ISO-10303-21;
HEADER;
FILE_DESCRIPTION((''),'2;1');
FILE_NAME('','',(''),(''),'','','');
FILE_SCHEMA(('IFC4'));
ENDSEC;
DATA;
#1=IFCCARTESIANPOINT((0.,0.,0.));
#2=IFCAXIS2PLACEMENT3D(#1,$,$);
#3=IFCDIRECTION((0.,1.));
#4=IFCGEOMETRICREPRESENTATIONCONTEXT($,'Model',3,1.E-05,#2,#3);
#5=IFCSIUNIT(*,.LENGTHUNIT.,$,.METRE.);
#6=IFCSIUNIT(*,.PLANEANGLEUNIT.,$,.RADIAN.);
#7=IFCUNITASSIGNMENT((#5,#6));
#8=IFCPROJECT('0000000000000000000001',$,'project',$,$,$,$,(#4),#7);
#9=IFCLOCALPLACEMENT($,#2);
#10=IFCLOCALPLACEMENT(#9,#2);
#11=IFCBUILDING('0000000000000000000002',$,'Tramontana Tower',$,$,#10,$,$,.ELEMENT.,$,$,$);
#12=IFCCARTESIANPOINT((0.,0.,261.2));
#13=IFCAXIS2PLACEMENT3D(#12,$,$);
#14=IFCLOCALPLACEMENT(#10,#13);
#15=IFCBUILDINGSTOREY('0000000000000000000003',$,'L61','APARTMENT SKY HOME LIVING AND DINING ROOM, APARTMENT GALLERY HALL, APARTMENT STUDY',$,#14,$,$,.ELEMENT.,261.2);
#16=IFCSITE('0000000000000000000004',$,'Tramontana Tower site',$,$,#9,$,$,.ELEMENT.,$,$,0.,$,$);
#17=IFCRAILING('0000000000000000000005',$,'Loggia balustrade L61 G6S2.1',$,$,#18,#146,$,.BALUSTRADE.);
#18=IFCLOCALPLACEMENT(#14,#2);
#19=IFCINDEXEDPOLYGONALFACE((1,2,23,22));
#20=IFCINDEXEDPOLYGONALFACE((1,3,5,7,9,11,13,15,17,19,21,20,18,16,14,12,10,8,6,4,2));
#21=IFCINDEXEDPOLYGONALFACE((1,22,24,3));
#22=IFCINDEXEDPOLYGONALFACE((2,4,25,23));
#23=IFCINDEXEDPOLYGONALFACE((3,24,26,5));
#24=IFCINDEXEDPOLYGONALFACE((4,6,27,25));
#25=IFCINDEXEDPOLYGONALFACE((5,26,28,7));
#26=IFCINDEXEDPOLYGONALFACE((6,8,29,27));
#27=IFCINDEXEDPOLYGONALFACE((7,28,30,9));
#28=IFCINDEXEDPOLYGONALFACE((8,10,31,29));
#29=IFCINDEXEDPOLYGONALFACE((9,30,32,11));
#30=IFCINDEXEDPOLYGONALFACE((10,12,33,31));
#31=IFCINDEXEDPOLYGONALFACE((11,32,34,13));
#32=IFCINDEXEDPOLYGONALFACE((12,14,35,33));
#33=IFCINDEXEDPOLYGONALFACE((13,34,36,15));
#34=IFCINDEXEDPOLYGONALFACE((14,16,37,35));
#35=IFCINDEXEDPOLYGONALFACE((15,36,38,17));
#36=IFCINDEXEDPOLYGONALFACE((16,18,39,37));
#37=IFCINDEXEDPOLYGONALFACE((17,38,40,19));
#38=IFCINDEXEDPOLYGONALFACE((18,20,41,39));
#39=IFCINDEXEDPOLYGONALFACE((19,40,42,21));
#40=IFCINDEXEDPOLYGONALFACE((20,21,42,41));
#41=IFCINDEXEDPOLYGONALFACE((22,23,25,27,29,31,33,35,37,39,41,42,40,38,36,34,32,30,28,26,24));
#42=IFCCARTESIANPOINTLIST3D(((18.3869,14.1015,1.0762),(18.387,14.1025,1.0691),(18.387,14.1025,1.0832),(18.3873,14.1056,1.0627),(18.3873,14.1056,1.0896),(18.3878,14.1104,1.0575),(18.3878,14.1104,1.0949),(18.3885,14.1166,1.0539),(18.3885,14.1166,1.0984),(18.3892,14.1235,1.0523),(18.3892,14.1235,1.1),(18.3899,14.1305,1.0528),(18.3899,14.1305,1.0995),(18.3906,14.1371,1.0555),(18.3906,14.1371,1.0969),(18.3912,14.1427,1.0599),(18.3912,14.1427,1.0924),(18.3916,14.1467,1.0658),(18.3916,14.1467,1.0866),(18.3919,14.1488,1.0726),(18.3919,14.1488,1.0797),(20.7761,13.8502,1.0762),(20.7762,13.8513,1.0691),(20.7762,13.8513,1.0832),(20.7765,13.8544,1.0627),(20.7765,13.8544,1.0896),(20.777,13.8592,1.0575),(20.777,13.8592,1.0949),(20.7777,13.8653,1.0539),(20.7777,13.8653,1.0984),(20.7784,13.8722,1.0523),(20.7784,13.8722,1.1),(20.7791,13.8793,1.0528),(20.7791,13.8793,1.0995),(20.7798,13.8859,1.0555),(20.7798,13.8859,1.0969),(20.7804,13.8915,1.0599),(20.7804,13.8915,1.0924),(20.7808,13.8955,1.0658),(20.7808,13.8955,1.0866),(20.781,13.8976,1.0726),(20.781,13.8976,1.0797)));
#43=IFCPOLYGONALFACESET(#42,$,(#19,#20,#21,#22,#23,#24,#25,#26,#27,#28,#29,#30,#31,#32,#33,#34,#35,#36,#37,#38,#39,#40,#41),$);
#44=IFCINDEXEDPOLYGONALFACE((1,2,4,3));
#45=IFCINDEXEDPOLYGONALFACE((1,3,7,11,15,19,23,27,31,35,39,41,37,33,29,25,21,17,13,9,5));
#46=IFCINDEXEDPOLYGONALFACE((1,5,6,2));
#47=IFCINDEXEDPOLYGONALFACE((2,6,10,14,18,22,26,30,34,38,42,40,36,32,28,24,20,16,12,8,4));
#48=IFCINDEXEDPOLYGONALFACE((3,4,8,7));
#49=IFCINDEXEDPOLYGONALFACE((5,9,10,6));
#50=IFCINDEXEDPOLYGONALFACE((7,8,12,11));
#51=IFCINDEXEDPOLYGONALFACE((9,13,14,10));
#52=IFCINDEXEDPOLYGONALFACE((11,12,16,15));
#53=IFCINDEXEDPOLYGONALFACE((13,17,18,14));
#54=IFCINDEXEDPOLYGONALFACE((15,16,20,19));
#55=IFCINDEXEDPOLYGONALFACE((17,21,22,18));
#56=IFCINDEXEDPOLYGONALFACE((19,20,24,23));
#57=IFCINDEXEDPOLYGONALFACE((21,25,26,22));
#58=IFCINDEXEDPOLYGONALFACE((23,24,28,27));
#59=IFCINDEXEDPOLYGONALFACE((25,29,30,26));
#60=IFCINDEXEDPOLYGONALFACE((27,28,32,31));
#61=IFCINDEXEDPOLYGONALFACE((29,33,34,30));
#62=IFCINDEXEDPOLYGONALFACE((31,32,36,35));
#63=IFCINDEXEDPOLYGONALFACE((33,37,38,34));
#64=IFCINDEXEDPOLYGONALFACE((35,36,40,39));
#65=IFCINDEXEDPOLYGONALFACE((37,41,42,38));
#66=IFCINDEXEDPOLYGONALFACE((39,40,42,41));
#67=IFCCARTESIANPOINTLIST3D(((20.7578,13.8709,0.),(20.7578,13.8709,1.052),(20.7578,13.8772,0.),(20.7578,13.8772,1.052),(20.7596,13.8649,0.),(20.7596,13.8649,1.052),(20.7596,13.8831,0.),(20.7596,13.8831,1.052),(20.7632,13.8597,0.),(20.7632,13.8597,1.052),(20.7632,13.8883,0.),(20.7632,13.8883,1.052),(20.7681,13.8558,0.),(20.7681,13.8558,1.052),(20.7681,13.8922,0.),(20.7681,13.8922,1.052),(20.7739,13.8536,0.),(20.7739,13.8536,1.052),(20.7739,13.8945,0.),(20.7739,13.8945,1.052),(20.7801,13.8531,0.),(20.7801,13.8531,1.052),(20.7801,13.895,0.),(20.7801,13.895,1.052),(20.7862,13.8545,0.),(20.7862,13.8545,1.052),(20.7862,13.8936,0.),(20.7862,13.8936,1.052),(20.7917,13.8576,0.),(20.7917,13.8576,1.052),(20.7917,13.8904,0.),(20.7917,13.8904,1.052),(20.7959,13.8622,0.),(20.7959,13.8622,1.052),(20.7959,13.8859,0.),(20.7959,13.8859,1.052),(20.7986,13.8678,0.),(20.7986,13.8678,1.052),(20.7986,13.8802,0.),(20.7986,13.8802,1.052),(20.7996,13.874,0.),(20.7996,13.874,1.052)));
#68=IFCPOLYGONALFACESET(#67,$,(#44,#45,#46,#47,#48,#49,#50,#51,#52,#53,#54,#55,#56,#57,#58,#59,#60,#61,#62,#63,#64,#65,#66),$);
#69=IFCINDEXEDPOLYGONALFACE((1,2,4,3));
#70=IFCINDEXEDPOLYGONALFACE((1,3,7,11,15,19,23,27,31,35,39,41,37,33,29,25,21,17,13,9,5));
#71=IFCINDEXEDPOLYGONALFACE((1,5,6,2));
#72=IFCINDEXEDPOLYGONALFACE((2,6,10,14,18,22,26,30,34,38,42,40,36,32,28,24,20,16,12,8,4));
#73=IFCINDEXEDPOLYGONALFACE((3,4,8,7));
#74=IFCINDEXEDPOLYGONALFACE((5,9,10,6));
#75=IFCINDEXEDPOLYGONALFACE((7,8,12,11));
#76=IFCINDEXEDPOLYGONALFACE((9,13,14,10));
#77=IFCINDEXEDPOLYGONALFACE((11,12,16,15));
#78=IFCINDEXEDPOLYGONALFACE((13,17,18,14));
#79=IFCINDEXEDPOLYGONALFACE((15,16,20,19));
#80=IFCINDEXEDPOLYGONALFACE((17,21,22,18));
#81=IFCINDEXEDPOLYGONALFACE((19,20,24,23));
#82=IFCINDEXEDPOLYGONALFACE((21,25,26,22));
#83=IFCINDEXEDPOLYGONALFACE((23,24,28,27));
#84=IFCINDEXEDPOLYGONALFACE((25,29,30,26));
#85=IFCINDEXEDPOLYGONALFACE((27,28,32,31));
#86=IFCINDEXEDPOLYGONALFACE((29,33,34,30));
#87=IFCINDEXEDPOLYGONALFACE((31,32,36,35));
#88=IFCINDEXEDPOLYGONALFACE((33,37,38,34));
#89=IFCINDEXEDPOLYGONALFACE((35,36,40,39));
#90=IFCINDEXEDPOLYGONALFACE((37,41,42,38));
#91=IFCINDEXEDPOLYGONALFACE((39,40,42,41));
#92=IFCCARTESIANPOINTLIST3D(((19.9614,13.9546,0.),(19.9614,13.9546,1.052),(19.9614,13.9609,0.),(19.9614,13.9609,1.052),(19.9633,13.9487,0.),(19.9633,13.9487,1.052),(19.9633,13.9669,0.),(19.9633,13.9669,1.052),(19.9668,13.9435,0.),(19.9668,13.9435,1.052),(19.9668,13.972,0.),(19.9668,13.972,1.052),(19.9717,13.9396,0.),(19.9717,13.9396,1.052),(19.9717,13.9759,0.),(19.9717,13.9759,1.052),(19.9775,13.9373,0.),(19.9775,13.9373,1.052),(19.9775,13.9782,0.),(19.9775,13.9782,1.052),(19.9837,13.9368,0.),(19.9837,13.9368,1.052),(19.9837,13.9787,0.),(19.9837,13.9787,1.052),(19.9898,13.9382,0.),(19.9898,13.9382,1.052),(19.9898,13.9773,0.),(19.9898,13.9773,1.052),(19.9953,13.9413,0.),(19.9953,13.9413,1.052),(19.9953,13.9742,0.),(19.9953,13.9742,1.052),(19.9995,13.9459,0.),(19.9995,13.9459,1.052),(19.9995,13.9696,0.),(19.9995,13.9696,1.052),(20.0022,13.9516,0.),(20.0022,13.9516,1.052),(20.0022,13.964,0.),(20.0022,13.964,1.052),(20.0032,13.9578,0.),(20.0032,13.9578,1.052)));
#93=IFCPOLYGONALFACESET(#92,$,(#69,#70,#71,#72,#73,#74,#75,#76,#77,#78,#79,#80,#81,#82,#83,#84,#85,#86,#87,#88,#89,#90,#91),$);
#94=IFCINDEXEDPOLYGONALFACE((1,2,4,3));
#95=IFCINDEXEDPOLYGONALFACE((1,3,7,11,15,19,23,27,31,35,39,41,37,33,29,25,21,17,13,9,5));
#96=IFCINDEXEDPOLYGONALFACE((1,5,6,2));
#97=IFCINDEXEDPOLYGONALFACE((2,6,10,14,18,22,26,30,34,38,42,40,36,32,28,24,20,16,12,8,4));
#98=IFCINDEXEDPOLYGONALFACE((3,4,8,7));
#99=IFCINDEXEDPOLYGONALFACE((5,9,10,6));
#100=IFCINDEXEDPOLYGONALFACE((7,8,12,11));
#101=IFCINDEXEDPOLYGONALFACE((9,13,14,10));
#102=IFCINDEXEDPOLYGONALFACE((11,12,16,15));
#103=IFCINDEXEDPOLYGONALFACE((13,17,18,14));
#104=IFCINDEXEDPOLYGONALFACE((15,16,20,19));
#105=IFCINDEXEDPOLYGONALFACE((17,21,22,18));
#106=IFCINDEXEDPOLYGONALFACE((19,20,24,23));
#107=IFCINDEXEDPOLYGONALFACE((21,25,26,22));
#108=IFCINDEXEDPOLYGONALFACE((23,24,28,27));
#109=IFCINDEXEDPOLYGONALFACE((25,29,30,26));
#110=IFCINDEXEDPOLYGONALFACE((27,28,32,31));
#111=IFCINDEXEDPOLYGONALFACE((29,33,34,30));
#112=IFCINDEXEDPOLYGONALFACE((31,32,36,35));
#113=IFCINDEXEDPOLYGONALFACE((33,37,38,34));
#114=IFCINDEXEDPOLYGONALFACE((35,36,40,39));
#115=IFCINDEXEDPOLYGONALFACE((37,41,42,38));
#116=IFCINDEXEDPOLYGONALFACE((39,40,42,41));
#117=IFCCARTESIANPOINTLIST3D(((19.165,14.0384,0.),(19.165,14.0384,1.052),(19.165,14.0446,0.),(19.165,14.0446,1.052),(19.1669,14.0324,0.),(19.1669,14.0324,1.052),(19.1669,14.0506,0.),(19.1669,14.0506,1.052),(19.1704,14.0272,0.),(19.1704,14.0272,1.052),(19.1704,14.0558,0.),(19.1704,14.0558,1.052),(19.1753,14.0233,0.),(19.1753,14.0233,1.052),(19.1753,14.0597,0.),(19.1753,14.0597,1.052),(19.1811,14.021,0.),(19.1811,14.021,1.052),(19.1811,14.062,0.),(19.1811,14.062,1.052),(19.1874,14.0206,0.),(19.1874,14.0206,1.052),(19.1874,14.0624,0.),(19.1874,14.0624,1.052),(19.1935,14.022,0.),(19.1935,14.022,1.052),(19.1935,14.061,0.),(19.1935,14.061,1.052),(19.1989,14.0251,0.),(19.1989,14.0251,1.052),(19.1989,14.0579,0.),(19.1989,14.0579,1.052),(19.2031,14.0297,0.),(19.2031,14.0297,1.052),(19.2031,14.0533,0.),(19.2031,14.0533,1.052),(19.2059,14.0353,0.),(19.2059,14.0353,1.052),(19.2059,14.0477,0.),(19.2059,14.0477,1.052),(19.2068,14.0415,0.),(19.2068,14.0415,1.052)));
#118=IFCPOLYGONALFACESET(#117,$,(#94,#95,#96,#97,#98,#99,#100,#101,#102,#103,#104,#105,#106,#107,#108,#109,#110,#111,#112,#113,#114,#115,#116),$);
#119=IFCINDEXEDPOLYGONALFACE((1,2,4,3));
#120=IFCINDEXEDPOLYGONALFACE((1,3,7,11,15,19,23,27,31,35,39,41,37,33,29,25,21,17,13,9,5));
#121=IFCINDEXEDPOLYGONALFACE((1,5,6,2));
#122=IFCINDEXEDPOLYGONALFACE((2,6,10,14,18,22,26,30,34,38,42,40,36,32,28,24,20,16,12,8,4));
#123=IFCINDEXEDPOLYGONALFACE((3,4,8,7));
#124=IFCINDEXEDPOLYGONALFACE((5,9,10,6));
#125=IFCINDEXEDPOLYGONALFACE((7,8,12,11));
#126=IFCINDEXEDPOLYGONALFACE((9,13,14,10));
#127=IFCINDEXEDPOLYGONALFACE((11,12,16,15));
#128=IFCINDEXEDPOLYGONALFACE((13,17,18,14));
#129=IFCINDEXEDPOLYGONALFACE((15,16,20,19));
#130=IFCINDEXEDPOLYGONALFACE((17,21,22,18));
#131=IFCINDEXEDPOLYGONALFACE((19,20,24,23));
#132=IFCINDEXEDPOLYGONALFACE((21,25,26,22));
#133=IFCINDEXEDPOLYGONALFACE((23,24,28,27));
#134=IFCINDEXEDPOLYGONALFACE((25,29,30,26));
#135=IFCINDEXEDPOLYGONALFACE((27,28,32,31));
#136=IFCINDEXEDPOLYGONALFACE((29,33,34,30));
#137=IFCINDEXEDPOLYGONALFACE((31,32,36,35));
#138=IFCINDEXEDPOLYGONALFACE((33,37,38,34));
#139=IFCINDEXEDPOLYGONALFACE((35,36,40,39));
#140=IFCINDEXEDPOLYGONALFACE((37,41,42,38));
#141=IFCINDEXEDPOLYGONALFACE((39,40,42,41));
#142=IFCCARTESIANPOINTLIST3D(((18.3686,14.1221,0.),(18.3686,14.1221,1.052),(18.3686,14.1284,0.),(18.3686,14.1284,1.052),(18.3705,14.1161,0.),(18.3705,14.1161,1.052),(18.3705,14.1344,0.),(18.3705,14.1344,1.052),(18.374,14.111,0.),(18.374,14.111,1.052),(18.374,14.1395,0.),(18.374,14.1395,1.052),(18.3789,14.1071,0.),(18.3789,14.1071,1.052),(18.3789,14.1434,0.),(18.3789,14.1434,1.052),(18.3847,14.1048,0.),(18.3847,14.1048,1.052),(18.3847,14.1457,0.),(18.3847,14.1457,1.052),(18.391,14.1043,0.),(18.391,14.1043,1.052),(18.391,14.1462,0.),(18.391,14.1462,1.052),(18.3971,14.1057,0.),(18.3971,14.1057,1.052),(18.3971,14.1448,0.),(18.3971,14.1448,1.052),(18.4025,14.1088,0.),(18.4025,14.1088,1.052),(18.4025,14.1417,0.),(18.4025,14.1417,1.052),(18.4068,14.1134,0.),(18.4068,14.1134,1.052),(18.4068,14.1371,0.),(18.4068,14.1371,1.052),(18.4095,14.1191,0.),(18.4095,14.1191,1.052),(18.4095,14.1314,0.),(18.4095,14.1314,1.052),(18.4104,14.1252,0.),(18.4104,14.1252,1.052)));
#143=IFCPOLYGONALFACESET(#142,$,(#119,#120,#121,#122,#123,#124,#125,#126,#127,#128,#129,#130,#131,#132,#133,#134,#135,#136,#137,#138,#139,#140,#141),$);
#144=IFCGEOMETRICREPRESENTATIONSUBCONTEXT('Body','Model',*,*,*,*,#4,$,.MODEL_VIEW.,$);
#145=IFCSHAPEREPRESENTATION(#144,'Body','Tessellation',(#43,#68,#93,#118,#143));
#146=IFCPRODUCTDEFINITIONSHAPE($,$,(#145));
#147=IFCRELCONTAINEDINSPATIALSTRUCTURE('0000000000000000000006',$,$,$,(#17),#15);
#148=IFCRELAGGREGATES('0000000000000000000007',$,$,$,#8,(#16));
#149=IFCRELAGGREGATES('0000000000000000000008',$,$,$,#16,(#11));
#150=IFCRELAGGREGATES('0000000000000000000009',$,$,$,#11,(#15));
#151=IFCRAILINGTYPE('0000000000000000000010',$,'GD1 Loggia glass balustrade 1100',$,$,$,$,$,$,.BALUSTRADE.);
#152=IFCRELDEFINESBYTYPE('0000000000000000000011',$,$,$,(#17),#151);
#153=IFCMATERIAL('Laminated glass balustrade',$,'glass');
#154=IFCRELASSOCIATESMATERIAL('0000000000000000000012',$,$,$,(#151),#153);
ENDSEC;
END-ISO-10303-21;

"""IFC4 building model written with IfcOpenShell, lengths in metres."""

from ifc_helpers import new_model, si_unit, direction, frame, origin, origin_2d, place, context, subcontext, project, spatial, circle, extrude, material, type_object, element, save


model = new_model("IFC4")

# Units and contexts
model_context = context("Model", 3, precision=1e-05, world=origin(), true_north=direction((0.0, 1.0)))
body_context = subcontext(model_context, "Body", "Model", "MODEL_VIEW")
ifc_project = project(units=[si_unit("LENGTHUNIT", "METRE"), si_unit("PLANEANGLEUNIT", "RADIAN")], contexts=[model_context])

# Site, building, storey
site_placement = place(None, origin())
site = spatial("IfcSite", under=ifc_project, at=site_placement, Name="Tramontana Tower site", CompositionType="ELEMENT", RefElevation=0.0)
building_placement = place(site_placement, origin())
building = spatial("IfcBuilding", under=site, at=building_placement, Name="Tramontana Tower", CompositionType="ELEMENT")
storey_placement = place(building_placement, frame((0.0, 0.0, 261.2)))
storey = spatial("IfcBuildingStorey", under=building, at=storey_placement, Name="L61", Description="APARTMENT SKY HOME LIVING AND DINING ROOM, APARTMENT GALLERY HALL, APARTMENT STUDY", CompositionType="ELEMENT", Elevation=261.2)

# Railing
ifc_material_1 = material(Name="Laminated glass balustrade", Category="glass")
railing_type = type_object("IfcRailingType", Name="GD1 Loggia glass balustrade 1100", PredefinedType="BALUSTRADE", material=ifc_material_1)
railing_1_placement = place(storey_placement, frame((20.7786, 13.874, 0.0)))
element("IfcRailing", 1, at=railing_1_placement, inside=storey, type_object=railing_type, Name="Loggia balustrade L61 G6S2.1", PredefinedType="BALUSTRADE", context=body_context, shape_type="SweptSolid", body=[
    extrude(circle(Radius=0.0239, at=origin_2d()), frame((0.0, 0.0, 1.0762), z_axis=(-0.994517, 0.104574, 0.0), x_axis=(-0.104574, -0.994517, 0.0)), (0.0, 0.0, 1.0), 2.4023),
    extrude(circle(Radius=0.021, at=origin_2d()), origin(), (0.0, 0.0, 1.0), 1.052),
    extrude(circle(Radius=0.021, at=origin_2d()), frame((-0.7964, 0.0837, 0.0)), (0.0, 0.0, 1.0), 1.052),
    extrude(circle(Radius=0.021, at=origin_2d()), frame((-1.5928, 0.1675, 0.0)), (0.0, 0.0, 1.0), 1.052),
    extrude(circle(Radius=0.021, at=origin_2d()), frame((-2.3892, 0.2512, 0.0)), (0.0, 0.0, 1.0), 1.052),
])

save(model, "model.ifc")
